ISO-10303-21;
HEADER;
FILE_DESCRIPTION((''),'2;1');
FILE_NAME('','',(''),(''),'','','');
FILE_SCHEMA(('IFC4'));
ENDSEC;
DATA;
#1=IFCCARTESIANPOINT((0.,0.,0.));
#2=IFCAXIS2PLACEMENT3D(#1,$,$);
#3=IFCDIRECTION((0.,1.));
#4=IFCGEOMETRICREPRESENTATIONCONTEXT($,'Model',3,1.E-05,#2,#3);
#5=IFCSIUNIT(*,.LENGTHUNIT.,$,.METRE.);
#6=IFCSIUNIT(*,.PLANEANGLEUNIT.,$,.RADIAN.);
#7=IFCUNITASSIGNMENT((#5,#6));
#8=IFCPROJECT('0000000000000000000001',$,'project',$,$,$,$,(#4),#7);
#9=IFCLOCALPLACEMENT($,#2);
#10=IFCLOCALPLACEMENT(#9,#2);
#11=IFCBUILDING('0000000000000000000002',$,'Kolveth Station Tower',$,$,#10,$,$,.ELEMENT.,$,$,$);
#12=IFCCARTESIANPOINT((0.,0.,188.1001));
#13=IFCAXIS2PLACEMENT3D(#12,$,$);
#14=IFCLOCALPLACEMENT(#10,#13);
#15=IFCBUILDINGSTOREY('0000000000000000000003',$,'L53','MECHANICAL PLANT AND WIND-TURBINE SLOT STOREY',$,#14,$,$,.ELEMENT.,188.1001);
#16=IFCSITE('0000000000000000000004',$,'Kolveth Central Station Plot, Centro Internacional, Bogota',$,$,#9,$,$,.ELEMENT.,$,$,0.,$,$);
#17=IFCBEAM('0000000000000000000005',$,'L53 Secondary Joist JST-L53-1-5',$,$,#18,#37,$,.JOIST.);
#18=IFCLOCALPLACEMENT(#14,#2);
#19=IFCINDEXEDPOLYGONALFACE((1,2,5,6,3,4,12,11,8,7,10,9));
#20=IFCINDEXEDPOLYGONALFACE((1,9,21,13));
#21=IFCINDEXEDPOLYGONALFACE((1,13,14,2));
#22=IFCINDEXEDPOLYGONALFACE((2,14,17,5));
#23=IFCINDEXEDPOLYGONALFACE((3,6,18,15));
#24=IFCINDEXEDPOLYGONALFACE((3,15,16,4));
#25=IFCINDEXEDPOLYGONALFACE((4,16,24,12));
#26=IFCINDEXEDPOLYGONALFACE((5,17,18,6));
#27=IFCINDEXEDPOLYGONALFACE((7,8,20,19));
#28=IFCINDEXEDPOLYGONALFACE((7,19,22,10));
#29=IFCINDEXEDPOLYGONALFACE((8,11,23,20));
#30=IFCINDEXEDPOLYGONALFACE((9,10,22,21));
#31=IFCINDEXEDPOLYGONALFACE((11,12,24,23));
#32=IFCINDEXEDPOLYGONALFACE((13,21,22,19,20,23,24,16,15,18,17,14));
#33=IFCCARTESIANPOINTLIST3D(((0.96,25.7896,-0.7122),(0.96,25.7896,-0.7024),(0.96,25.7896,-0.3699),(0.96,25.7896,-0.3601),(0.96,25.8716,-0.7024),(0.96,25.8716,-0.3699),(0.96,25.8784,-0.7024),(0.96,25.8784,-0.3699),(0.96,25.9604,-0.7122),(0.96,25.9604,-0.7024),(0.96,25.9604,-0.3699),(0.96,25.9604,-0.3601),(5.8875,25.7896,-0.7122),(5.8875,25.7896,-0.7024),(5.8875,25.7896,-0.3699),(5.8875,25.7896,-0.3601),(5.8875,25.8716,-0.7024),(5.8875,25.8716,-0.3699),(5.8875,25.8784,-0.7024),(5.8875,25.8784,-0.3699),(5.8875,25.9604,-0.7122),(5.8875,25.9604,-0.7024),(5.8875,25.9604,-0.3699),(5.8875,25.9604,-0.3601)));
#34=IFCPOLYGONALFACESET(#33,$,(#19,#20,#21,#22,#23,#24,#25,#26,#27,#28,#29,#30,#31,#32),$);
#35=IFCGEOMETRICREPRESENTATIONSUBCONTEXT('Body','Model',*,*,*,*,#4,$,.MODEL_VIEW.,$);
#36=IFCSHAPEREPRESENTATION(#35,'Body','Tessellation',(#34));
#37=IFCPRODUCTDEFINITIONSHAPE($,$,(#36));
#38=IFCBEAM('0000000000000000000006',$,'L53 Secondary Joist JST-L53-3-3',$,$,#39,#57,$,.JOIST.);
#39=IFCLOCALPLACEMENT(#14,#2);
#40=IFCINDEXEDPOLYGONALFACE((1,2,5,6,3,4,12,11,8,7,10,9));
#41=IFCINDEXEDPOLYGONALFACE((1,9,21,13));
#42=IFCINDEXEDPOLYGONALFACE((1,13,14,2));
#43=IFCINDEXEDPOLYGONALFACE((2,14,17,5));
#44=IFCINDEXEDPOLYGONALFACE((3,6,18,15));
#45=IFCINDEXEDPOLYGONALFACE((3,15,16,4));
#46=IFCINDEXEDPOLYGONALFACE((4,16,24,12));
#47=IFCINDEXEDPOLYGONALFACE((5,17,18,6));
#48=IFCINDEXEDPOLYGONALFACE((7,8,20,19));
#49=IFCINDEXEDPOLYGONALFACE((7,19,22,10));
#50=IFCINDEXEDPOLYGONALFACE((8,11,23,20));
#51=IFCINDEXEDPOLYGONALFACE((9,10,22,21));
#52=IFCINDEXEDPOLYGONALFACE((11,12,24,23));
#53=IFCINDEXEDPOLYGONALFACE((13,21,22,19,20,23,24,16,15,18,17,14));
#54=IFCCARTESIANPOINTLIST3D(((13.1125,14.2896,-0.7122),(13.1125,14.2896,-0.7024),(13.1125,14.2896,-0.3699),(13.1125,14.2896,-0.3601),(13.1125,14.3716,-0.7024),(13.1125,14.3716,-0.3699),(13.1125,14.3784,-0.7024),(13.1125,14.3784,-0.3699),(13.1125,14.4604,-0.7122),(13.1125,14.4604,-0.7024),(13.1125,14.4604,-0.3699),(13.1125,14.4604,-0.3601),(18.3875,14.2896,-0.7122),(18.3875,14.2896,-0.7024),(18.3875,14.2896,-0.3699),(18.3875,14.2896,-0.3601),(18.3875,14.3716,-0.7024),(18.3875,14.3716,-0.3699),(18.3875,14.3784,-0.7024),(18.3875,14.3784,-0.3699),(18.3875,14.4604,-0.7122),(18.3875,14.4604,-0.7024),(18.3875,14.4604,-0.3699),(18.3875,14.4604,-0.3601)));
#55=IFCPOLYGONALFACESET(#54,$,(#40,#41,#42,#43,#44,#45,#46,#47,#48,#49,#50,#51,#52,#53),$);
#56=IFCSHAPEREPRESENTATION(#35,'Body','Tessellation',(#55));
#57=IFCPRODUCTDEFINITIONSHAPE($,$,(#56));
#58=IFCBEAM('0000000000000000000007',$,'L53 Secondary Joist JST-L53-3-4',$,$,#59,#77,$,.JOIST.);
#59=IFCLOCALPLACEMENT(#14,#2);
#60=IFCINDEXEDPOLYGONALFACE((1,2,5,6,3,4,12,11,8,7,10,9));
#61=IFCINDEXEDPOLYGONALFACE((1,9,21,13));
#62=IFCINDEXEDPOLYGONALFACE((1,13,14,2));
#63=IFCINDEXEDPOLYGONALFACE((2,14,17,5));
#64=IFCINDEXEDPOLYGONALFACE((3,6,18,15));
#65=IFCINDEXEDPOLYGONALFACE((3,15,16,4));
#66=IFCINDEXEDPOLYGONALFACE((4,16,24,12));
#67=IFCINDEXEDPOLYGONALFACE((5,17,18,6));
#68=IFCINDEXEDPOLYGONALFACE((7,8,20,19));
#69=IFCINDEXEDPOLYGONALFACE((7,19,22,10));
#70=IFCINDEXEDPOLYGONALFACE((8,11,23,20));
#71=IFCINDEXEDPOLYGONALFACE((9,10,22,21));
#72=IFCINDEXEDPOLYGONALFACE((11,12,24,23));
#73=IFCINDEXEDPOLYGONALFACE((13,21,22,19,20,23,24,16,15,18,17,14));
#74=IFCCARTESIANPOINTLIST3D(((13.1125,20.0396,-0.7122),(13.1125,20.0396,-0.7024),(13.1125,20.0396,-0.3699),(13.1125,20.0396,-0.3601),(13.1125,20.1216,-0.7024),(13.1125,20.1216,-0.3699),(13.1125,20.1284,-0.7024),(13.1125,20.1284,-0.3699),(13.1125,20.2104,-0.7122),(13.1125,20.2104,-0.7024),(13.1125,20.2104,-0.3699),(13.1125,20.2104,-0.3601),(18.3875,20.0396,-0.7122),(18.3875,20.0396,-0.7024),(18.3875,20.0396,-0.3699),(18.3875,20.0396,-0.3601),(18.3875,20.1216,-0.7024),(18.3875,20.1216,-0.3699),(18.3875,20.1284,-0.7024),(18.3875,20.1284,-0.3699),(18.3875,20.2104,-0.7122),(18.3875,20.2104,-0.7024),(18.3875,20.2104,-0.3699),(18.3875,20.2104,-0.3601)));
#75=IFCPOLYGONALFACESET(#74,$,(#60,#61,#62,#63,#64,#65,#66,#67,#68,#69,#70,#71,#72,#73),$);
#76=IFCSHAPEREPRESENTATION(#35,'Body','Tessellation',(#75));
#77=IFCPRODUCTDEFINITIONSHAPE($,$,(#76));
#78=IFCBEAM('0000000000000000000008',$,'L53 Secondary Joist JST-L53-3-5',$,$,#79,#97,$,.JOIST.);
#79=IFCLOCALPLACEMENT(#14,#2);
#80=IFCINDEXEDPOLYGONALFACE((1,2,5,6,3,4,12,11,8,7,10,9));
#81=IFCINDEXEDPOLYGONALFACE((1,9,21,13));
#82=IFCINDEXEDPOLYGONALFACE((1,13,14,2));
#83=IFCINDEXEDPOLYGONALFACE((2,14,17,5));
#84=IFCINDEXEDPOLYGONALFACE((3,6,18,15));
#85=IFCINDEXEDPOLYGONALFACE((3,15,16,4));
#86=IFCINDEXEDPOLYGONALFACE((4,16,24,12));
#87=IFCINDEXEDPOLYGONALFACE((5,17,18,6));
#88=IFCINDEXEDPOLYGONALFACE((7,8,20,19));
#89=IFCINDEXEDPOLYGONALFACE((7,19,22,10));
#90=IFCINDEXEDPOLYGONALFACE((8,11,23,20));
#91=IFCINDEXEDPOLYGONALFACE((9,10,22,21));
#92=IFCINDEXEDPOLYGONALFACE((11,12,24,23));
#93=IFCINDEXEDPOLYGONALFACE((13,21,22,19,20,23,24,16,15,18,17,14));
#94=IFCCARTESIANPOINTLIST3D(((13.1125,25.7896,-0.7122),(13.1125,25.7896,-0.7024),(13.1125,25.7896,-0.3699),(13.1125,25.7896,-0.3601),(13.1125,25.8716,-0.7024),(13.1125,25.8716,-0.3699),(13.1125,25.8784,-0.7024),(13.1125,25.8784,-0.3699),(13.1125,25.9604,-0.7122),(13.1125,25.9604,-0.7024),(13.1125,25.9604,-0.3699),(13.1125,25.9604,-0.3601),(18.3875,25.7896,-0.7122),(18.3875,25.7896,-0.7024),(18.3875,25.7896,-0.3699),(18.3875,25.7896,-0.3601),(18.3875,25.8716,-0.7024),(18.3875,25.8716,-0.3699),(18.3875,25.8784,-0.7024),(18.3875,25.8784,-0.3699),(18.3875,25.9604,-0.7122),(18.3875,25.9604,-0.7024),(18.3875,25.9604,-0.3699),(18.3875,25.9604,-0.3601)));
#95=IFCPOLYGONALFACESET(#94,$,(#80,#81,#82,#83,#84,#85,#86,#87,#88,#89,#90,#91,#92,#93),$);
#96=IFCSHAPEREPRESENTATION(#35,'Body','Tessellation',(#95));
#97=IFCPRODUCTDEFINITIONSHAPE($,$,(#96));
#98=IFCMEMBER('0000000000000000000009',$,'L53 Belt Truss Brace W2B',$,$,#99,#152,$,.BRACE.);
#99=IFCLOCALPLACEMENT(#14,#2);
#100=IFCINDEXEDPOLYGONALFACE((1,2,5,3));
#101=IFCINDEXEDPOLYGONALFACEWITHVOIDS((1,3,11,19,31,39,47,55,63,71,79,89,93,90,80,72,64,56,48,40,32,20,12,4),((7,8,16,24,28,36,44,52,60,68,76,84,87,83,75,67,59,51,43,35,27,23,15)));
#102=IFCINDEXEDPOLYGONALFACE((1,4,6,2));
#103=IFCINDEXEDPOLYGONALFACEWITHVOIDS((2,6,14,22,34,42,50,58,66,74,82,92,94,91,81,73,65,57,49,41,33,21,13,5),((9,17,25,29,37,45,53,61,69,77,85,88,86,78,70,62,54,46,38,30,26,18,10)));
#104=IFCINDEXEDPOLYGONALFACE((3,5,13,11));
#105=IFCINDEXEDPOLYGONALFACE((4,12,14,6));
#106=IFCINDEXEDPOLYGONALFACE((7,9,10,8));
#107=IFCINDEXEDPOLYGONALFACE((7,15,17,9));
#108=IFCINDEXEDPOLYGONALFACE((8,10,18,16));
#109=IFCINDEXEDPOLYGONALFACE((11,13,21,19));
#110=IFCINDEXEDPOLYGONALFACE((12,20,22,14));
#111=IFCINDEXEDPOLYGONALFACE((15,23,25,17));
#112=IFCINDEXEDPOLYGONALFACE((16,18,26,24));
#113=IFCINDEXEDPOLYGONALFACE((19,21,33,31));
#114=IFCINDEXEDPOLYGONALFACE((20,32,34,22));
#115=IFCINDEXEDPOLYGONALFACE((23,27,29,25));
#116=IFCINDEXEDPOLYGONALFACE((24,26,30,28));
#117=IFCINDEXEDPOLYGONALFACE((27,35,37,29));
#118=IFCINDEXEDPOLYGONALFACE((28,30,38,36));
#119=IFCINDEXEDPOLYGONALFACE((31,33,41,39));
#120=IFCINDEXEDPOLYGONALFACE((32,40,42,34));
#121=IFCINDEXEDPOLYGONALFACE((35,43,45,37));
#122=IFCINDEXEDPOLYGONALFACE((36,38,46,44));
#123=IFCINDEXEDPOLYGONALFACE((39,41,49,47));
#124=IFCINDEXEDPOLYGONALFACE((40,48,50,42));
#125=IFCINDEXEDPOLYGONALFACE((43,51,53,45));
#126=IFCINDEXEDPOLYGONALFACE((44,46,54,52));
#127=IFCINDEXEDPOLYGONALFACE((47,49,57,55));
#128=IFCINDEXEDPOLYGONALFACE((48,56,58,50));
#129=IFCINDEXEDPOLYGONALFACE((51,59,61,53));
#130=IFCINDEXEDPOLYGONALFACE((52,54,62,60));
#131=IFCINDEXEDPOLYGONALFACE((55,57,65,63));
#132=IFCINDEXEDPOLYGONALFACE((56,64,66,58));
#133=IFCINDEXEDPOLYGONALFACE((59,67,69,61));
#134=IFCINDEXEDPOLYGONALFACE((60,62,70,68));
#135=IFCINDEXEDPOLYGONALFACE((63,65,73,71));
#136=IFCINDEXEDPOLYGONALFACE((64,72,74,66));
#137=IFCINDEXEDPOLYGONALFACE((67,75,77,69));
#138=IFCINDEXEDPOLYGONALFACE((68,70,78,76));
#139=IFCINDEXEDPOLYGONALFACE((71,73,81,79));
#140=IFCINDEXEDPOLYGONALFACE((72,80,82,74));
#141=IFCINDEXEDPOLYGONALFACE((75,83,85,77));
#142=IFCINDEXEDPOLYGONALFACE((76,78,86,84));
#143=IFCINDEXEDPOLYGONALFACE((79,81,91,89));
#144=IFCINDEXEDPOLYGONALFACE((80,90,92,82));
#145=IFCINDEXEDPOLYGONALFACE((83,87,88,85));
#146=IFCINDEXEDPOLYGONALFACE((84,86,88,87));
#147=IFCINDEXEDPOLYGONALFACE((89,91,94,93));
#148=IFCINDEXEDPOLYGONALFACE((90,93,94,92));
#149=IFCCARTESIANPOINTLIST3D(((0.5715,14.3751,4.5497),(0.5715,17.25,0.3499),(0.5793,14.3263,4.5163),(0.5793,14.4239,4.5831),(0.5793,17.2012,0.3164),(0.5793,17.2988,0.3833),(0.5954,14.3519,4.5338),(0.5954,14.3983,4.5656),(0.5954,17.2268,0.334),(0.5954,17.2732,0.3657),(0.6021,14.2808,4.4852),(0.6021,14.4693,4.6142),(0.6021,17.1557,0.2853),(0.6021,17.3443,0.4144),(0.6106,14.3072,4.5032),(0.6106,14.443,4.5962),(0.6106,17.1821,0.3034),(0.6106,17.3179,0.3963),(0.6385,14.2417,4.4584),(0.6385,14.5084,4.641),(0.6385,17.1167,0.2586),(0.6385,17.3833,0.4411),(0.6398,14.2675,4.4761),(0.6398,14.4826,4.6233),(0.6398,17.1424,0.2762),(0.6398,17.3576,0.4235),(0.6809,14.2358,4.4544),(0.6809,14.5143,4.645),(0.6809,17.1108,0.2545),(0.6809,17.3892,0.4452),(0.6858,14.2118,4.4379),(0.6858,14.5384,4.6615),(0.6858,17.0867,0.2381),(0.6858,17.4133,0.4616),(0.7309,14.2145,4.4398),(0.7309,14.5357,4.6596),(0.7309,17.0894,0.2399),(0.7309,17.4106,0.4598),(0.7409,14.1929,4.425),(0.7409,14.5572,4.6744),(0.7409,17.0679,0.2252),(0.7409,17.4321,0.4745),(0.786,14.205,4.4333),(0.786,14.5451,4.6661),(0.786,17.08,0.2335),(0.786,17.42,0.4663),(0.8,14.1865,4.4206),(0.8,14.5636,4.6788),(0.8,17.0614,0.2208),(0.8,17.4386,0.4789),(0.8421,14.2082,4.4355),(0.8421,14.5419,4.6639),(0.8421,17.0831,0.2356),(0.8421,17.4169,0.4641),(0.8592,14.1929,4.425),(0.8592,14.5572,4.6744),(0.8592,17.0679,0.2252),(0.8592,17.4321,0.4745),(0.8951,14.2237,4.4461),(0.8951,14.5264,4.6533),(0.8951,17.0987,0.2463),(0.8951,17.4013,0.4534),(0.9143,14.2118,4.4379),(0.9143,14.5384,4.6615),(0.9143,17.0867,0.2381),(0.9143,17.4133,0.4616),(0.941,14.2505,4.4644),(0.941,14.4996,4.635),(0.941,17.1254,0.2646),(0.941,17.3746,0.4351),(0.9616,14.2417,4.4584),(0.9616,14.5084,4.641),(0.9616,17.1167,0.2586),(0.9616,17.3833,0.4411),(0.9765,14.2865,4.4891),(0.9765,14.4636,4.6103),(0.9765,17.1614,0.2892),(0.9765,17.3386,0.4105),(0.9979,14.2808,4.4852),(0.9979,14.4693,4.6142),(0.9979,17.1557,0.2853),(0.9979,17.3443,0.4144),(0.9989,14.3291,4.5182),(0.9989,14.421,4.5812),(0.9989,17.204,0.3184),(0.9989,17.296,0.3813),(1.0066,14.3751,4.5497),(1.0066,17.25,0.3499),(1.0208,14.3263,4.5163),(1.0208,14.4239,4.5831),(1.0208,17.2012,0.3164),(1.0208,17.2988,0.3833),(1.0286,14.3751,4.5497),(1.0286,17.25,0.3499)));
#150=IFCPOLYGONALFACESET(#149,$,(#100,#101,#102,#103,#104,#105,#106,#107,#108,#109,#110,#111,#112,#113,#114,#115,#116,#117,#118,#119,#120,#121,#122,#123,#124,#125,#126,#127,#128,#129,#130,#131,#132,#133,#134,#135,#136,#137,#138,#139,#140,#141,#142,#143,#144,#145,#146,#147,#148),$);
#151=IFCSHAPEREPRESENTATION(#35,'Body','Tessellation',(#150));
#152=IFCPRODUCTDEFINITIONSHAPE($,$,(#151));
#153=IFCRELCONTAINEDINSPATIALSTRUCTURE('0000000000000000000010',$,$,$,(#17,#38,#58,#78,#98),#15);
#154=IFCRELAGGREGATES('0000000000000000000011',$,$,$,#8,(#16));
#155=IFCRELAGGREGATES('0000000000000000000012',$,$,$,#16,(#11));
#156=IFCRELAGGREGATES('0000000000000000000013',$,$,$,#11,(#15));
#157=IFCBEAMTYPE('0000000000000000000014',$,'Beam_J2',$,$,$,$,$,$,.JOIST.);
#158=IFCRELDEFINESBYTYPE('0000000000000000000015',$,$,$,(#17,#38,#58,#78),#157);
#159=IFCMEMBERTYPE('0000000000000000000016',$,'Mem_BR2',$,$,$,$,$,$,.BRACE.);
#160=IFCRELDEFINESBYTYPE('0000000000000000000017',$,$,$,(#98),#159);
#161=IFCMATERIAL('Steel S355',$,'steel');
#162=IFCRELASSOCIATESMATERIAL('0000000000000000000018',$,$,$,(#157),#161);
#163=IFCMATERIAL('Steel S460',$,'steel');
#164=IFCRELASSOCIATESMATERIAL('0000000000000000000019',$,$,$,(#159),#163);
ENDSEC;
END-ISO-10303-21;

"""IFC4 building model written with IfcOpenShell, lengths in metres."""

from ifc_helpers import new_model, si_unit, direction, frame, origin, origin_2d, place, context, subcontext, project, spatial, hollow_circle, i_section, extrude, source, transform, mapped, material, material_profile, profile_set, type_object, element, save


model = new_model("IFC4")

# Units and contexts
model_context = context("Model", 3, precision=1e-05, world=origin(), true_north=direction((0.0, 1.0)))
body_context = subcontext(model_context, "Body", "Model", "MODEL_VIEW")
ifc_project = project(units=[si_unit("LENGTHUNIT", "METRE"), si_unit("PLANEANGLEUNIT", "RADIAN")], contexts=[model_context])

# Site, building, storey
site_placement = place(None, origin())
site = spatial("IfcSite", under=ifc_project, at=site_placement, Name="Kolveth Central Station Plot, Centro Internacional, Bogota", CompositionType="ELEMENT", RefElevation=0.0)
building_placement = place(site_placement, origin())
building = spatial("IfcBuilding", under=site, at=building_placement, Name="Kolveth Station Tower", CompositionType="ELEMENT")
storey_placement = place(building_placement, frame((0.0, 0.0, 188.1001)))
storey = spatial("IfcBuildingStorey", under=building, at=storey_placement, Name="L53", Description="MECHANICAL PLANT AND WIND-TURBINE SLOT STOREY", CompositionType="ELEMENT", Elevation=188.1001)

# Shared definitions
ifc_material_1 = material(Name="Steel S355", Category="steel")

# Beams
ifc_material_profile_1 = material_profile(ifc_material_1, i_section(OverallWidth=0.1709, OverallDepth=0.3521, WebThickness=0.0068, FlangeThickness=0.0098, at=origin_2d()), Name="W360x44")
ifc_profile_set_1 = profile_set([ifc_material_profile_1], Name="Steel S355")
beam_type_1 = type_object("IfcBeamType", Name="Beam_J2", PredefinedType="JOIST", material=ifc_profile_set_1)
shared_shape_1 = source(origin(), body_context, "Body", "SweptSolid", [
    extrude(i_section(OverallWidth=0.1709, OverallDepth=0.3521, WebThickness=0.0068, FlangeThickness=0.0098, at=origin_2d()), origin(), (0.0, 0.0, 1.0), 4.9275),
])
for number, where, z_axis, x_axis, name in (
    (1, (0.96, 25.875, -0.5361), (1.0, 0.0, 0.0), (0.0, 1.0, 0.0), "L53 Secondary Joist JST-L53-1-5"),
):
    element("IfcBeam", number, at=place(storey_placement, frame(where, z_axis=z_axis, x_axis=x_axis)), inside=storey, type_object=beam_type_1, Name=name, PredefinedType="JOIST", context=body_context, shape_type="MappedRepresentation", body=[
        mapped(shared_shape_1, transform((0.0, 0.0, 0.0), x_axis=(1.0, 0.0, 0.0), y_axis=(0.0, 1.0, 0.0), z_axis=(0.0, 0.0, 1.0), scale=1.0)),
    ])
shared_shape_2 = source(origin(), body_context, "Body", "SweptSolid", [
    extrude(i_section(OverallWidth=0.1709, OverallDepth=0.3521, WebThickness=0.0068, FlangeThickness=0.0098, at=origin_2d()), origin(), (0.0, 0.0, 1.0), 5.2749),
])
for number, where, z_axis, x_axis, name in (
    (2, (13.1125, 14.375, -0.5361), (1.0, 0.0, 0.0), (0.0, 1.0, 0.0), "L53 Secondary Joist JST-L53-3-3"),
    (3, (13.1125, 20.125, -0.5361), (1.0, 0.0, 0.0), (0.0, 1.0, 0.0), "L53 Secondary Joist JST-L53-3-4"),
    (4, (13.1125, 25.875, -0.5361), (1.0, 0.0, 0.0), (0.0, 1.0, 0.0), "L53 Secondary Joist JST-L53-3-5"),
):
    element("IfcBeam", number, at=place(storey_placement, frame(where, z_axis=z_axis, x_axis=x_axis)), inside=storey, type_object=beam_type_1, Name=name, PredefinedType="JOIST", context=body_context, shape_type="MappedRepresentation", body=[
        mapped(shared_shape_2, transform((0.0, 0.0, 0.0), x_axis=(1.0, 0.0, 0.0), y_axis=(0.0, 1.0, 0.0), z_axis=(0.0, 0.0, 1.0), scale=1.0)),
    ])

# Member
ifc_material_2 = material(Name="Steel S460", Category="steel")
ifc_material_profile_2 = material_profile(ifc_material_2, hollow_circle(Radius=0.2285, WallThickness=0.022, at=origin_2d()), Name="CHS457x22")
ifc_profile_set_2 = profile_set([ifc_material_profile_2], Name="Steel S460")
member_type_1 = type_object("IfcMemberType", Name="Mem_BR2", PredefinedType="BRACE", material=ifc_profile_set_2)
shared_shape_3 = source(origin(), body_context, "Body", "SweptSolid", [
    extrude(hollow_circle(Radius=0.2285, WallThickness=0.022, at=origin_2d()), origin(), (0.0, 0.0, 1.0), 5.0896),
])
for number, where, z_axis, x_axis, name in (
    (5, (0.8, 17.25, 0.3499), (0.0, -0.564864, 0.825184), (1.0, 0.0, 0.0), "L53 Belt Truss Brace W2B"),
):
    element("IfcMember", number, at=place(storey_placement, frame(where, z_axis=z_axis, x_axis=x_axis)), inside=storey, type_object=member_type_1, Name=name, PredefinedType="BRACE", context=body_context, shape_type="MappedRepresentation", body=[
        mapped(shared_shape_3, transform((0.0, 0.0, 0.0), x_axis=(1.0, 0.0, 0.0), y_axis=(0.0, 1.0, 0.0), z_axis=(0.0, 0.0, 1.0), scale=1.0)),
    ])

save(model, "model.ifc")
